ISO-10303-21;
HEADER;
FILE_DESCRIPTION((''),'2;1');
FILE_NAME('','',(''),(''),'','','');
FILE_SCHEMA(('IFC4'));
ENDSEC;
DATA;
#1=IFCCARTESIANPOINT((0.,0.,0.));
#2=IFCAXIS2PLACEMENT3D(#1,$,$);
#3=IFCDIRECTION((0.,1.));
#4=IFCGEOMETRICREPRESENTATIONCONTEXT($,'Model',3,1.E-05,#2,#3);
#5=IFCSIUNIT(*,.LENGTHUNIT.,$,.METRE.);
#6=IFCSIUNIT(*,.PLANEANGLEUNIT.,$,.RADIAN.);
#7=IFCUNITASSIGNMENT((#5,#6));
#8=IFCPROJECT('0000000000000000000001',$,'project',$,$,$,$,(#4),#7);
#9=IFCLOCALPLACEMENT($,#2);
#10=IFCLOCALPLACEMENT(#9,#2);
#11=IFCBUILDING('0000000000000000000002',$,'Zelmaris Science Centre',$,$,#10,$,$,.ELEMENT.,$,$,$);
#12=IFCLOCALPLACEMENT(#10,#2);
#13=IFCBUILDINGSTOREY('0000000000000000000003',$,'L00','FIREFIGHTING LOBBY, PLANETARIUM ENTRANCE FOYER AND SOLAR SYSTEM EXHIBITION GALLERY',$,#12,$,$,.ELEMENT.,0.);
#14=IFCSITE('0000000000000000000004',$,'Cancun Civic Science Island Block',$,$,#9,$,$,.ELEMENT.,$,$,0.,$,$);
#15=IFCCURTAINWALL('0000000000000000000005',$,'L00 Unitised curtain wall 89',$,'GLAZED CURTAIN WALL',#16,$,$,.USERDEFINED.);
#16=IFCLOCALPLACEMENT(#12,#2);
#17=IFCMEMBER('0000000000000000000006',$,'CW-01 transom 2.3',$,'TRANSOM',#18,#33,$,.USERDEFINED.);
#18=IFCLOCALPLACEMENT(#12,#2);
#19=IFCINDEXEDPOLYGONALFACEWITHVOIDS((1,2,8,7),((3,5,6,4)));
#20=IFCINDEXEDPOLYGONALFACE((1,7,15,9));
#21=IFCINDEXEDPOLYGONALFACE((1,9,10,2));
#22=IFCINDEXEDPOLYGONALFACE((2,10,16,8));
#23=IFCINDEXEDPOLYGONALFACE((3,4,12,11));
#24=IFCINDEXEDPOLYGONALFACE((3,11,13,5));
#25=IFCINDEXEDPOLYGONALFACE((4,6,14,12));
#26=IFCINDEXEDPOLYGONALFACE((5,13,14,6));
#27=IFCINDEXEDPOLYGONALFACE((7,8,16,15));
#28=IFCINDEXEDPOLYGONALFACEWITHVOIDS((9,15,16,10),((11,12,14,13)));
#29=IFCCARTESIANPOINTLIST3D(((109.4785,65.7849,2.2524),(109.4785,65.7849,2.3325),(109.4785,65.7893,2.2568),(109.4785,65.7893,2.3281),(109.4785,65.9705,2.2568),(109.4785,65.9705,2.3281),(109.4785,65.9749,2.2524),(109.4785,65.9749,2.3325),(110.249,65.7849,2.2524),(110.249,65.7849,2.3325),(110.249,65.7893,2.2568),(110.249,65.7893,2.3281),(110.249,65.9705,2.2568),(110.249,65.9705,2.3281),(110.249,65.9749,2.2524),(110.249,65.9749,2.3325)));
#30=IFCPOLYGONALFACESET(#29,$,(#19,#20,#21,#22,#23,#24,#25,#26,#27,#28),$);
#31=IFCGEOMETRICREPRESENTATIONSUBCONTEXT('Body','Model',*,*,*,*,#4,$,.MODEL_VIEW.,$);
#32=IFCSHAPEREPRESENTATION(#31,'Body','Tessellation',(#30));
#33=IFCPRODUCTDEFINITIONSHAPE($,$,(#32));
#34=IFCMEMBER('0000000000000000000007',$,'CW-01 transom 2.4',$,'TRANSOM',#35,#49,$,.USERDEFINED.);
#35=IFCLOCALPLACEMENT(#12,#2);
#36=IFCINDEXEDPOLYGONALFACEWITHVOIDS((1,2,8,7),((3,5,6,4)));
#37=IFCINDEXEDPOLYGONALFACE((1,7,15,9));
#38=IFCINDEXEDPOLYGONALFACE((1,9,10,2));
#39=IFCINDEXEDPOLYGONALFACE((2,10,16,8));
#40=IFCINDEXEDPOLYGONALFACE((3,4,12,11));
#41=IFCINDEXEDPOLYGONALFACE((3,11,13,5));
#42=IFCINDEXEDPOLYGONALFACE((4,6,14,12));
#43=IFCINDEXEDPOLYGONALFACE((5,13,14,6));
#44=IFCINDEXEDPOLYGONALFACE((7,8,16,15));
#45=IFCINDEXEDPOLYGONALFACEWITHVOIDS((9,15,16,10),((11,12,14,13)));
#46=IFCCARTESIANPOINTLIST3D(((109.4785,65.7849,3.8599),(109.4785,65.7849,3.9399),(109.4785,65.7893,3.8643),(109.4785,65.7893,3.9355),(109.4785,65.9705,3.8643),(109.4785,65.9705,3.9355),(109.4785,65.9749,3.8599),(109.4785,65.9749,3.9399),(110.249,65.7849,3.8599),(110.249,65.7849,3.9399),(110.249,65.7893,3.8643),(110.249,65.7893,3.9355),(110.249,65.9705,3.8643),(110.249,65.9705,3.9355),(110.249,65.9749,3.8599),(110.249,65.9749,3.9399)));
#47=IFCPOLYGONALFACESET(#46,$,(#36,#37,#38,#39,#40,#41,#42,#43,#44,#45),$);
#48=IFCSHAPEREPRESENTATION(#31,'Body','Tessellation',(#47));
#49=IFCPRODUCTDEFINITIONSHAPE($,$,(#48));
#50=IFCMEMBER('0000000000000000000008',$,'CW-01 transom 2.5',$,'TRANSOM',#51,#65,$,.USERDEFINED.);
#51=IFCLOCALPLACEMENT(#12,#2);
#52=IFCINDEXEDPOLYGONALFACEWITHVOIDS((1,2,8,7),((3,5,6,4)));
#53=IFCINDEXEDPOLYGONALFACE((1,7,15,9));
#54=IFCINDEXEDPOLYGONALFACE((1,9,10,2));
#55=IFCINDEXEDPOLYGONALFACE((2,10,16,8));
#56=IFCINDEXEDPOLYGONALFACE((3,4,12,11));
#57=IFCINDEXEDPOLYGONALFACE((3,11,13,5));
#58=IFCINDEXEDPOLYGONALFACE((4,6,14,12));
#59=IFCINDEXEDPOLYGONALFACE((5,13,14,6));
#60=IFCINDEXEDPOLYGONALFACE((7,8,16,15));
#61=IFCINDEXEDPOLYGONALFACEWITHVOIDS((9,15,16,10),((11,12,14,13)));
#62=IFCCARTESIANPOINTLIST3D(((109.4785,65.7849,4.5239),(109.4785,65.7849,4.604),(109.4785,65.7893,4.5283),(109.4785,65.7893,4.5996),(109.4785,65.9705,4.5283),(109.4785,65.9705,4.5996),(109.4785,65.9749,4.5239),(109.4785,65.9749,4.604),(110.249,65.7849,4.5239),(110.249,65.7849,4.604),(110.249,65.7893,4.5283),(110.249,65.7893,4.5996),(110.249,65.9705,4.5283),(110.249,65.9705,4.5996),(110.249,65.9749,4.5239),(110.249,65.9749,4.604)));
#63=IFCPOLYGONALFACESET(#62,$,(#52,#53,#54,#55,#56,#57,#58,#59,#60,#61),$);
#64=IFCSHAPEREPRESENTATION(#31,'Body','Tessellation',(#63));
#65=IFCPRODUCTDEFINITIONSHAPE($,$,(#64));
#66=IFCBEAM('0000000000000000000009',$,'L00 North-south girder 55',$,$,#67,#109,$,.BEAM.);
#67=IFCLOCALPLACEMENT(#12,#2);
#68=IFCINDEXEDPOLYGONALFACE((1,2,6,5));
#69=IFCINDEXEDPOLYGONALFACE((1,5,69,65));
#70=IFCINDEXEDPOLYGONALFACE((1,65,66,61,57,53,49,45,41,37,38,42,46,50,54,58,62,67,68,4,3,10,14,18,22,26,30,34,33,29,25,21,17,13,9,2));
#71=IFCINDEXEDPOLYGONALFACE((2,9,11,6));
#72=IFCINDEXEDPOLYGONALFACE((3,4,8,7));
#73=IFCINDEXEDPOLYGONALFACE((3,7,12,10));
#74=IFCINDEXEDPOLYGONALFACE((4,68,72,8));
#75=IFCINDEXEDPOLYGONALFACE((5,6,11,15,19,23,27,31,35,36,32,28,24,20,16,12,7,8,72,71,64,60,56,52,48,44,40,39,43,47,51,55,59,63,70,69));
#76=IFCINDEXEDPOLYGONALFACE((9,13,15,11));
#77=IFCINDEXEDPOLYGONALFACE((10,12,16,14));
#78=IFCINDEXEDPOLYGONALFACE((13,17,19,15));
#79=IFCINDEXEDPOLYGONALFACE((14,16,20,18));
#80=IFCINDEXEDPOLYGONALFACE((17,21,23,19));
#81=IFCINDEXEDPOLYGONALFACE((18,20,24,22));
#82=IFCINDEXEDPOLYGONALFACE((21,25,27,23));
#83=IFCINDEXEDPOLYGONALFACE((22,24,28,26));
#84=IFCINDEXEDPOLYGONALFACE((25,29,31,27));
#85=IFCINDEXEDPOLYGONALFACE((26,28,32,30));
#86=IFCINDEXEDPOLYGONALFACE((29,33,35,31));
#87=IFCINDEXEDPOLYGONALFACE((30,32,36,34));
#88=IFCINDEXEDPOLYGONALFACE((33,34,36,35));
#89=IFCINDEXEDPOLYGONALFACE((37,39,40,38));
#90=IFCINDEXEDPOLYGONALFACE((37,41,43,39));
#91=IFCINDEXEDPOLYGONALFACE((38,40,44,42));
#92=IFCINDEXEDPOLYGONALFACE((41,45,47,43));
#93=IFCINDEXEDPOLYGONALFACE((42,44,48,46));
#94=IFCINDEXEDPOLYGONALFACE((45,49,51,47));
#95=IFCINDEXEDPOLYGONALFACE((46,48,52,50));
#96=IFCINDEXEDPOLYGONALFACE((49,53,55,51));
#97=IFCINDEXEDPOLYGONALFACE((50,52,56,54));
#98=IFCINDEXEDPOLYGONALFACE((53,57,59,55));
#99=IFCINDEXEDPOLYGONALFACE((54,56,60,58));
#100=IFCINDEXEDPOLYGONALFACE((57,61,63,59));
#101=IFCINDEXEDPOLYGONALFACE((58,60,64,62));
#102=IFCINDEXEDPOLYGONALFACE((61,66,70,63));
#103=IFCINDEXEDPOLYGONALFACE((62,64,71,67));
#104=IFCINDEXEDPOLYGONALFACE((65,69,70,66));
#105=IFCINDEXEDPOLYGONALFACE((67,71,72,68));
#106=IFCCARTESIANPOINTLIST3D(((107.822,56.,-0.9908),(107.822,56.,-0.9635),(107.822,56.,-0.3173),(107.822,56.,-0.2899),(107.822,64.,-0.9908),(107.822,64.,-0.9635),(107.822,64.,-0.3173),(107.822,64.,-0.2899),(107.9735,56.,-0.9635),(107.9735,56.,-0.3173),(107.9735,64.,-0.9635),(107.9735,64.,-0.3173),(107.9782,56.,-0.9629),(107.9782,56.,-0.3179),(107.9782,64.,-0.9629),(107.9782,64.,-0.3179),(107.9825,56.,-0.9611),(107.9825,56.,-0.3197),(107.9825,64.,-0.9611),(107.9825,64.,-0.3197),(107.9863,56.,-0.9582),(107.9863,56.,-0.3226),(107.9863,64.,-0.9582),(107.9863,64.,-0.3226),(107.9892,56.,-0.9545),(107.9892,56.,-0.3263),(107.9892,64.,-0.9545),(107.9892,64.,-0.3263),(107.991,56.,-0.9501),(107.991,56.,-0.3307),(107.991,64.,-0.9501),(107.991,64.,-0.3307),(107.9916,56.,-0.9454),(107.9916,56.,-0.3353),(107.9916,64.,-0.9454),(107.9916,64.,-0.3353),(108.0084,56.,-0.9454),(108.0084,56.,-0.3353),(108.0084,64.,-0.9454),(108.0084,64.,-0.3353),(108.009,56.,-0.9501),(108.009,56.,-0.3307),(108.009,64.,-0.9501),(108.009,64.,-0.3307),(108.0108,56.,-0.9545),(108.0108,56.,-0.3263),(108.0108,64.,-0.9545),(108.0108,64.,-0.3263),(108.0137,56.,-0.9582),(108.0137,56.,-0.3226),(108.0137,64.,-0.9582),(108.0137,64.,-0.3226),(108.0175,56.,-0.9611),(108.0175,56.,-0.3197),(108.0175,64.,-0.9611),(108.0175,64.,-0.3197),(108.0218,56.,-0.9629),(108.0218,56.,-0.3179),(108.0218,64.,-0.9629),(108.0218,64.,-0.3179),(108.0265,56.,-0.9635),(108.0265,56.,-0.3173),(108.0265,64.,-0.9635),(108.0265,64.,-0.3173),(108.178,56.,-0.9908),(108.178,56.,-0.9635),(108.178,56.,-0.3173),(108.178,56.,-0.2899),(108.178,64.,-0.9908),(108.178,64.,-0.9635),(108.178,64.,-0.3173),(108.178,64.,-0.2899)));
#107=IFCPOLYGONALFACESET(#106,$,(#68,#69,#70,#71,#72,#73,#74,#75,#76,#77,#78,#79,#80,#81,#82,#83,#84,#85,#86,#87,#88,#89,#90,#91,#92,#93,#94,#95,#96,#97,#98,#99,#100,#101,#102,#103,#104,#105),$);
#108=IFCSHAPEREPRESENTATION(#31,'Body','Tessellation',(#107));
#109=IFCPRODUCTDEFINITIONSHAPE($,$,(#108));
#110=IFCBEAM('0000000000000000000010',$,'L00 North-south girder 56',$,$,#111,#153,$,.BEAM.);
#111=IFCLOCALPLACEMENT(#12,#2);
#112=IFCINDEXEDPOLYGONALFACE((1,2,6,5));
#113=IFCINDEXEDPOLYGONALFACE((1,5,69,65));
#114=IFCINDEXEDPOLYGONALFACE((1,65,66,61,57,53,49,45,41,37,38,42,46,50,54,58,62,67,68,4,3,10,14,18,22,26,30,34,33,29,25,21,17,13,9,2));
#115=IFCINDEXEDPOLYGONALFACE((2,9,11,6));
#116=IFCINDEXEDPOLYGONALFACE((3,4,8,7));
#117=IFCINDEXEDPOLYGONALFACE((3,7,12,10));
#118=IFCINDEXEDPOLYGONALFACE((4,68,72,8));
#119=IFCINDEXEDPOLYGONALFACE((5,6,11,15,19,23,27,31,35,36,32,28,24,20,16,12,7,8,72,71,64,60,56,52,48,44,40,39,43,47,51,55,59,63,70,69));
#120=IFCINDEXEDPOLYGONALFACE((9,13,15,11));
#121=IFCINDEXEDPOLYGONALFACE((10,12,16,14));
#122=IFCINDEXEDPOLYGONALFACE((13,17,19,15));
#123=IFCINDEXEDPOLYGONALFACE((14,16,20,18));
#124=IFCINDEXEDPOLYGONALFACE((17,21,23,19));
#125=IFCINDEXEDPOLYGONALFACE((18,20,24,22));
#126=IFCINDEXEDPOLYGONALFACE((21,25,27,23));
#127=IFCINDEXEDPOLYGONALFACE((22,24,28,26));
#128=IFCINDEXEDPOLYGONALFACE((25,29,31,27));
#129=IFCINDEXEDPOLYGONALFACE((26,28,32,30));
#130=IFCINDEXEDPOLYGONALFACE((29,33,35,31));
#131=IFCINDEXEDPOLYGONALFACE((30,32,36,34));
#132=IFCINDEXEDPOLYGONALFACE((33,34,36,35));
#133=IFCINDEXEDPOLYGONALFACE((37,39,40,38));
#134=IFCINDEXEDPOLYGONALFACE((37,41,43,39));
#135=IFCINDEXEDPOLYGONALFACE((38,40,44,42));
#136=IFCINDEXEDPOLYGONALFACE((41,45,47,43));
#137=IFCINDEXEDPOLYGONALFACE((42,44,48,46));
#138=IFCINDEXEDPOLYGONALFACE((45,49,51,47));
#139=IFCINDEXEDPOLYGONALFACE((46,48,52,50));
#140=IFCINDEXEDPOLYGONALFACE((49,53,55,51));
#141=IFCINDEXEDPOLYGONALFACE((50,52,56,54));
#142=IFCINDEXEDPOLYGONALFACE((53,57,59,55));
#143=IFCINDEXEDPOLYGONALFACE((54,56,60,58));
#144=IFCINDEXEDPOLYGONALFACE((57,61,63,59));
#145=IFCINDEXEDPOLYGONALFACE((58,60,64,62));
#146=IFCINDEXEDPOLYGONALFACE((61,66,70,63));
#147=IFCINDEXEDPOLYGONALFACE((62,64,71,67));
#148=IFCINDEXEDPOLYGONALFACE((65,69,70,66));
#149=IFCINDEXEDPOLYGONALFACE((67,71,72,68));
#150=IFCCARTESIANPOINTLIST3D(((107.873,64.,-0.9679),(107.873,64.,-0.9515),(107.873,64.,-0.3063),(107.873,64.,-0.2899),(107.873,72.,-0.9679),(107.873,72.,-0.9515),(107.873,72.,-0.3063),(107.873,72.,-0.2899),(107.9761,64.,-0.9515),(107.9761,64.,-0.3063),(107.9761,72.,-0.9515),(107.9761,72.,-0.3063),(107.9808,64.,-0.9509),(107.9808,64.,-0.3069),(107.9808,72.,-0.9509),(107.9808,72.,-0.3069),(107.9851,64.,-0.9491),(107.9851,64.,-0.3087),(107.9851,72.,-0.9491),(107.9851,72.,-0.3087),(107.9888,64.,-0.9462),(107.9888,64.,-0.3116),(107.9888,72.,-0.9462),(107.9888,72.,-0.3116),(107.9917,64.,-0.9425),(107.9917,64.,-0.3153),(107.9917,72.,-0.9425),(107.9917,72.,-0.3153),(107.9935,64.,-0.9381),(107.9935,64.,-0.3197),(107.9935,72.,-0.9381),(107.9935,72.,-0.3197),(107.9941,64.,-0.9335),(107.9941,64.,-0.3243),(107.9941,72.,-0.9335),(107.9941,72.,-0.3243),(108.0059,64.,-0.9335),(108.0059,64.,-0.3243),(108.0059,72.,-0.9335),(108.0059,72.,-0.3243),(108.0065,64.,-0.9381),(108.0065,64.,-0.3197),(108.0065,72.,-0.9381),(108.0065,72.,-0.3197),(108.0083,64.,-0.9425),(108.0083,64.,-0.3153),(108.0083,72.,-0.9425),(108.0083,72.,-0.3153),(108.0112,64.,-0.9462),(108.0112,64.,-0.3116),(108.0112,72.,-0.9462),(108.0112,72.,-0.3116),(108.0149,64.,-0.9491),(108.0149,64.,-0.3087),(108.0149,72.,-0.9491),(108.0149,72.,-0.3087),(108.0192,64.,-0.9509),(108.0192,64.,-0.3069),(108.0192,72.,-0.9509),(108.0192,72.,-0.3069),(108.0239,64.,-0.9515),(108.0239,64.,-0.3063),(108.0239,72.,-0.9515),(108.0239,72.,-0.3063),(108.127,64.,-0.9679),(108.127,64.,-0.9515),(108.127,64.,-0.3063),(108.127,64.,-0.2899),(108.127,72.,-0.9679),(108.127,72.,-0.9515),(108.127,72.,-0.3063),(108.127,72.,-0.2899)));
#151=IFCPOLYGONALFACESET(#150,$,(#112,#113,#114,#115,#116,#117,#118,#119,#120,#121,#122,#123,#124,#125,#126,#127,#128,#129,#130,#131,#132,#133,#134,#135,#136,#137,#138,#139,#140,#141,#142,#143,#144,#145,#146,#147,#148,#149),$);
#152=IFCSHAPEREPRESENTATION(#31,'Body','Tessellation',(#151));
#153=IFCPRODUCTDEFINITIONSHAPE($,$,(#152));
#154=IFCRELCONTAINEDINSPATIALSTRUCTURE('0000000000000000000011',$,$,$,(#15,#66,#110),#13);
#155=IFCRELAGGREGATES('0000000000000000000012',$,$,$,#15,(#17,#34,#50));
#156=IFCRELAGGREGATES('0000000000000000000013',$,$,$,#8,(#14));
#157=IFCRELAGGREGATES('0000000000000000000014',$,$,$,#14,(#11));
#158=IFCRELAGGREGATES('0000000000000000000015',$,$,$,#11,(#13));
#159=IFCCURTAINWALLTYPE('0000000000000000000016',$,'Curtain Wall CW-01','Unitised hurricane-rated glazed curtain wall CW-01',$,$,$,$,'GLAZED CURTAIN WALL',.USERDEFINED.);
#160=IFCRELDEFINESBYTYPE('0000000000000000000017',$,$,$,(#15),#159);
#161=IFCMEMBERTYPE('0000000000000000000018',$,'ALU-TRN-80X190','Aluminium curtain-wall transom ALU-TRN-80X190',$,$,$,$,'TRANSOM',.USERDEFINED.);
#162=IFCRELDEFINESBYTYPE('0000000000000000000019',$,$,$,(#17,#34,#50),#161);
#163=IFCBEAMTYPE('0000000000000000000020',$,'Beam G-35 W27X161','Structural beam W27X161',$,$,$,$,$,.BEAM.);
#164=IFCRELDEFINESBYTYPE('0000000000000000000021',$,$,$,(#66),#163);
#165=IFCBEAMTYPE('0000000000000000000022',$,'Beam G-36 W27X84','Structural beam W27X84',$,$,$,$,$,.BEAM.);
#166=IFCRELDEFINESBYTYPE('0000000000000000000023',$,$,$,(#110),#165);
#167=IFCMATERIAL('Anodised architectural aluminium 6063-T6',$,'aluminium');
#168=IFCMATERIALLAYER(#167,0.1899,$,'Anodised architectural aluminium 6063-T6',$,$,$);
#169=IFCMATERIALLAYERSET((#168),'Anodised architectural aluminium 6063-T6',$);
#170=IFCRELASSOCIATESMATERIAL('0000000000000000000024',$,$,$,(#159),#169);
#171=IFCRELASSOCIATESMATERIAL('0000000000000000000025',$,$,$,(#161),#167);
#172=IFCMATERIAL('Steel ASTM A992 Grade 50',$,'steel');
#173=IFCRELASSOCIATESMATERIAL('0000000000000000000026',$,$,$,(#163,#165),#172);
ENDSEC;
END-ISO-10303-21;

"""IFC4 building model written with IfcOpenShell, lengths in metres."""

from ifc_helpers import new_model, si_unit, direction, frame, origin, origin_2d, place, context, subcontext, project, spatial, hollow_rectangle, i_section, extrude, material, layer, layer_set, material_profile, profile_set, type_object, element, aggregate, save


model = new_model("IFC4")

# Units and contexts
model_context = context("Model", 3, precision=1e-05, world=origin(), true_north=direction((0.0, 1.0)))
body_context = subcontext(model_context, "Body", "Model", "MODEL_VIEW")
ifc_project = project(units=[si_unit("LENGTHUNIT", "METRE"), si_unit("PLANEANGLEUNIT", "RADIAN")], contexts=[model_context])

# Site, building, storey
site_placement = place(None, origin())
site = spatial("IfcSite", under=ifc_project, at=site_placement, Name="Cancun Civic Science Island Block", CompositionType="ELEMENT", RefElevation=0.0)
building_placement = place(site_placement, origin())
building = spatial("IfcBuilding", under=site, at=building_placement, Name="Zelmaris Science Centre", CompositionType="ELEMENT")
storey_placement = place(building_placement, origin())
storey = spatial("IfcBuildingStorey", under=building, at=storey_placement, Name="L00", Description="FIREFIGHTING LOBBY, PLANETARIUM ENTRANCE FOYER AND SOLAR SYSTEM EXHIBITION GALLERY", CompositionType="ELEMENT", Elevation=0.0)

# Shared definitions
ifc_material_1 = material(Name="Steel ASTM A992 Grade 50", Category="steel")

# Curtain wall
ifc_material_2 = material(Name="Anodised architectural aluminium 6063-T6", Category="aluminium")
ifc_layer_1 = layer(ifc_material_2, 0.1899, Name="Anodised architectural aluminium 6063-T6")
ifc_layer_set_1 = layer_set([ifc_layer_1], Name="Anodised architectural aluminium 6063-T6")
curtain_wall_type_1 = type_object("IfcCurtainWallType", Name="Curtain Wall CW-01", Description="Unitised hurricane-rated glazed curtain wall CW-01", ElementType="GLAZED CURTAIN WALL", PredefinedType="USERDEFINED", material=ifc_layer_set_1)
curtain_wall_1_placement = place(storey_placement, origin())
curtain_wall_1 = element("IfcCurtainWall", 1, at=curtain_wall_1_placement, inside=storey, type_object=curtain_wall_type_1, Name="L00 Unitised curtain wall 89", ObjectType="GLAZED CURTAIN WALL", PredefinedType="USERDEFINED")

# Members
ifc_material_profile_1 = material_profile(ifc_material_2, hollow_rectangle(XDim=0.0801, YDim=0.1899, WallThickness=0.0044, at=origin_2d()), Name="ALU-TRN-80X190")
ifc_profile_set_1 = profile_set([ifc_material_profile_1], Name="Anodised architectural aluminium 6063-T6")
member_type_1 = type_object("IfcMemberType", Name="ALU-TRN-80X190", Description="Aluminium curtain-wall transom ALU-TRN-80X190", ElementType="TRANSOM", PredefinedType="USERDEFINED", material=ifc_profile_set_1)
member_1_placement = place(storey_placement, frame((109.4785, 65.8799, 2.2925), z_axis=(1.0, 0.0, 0.0), x_axis=(0.0, 0.0, 1.0)))
member_1 = element("IfcMember", 2, at=member_1_placement, type_object=member_type_1, Name="CW-01 transom 2.3", ObjectType="TRANSOM", PredefinedType="USERDEFINED", context=body_context, shape_type="SweptSolid", body=[
    extrude(hollow_rectangle(XDim=0.0801, YDim=0.1899, WallThickness=0.0044, at=origin_2d()), origin(), (0.0, 0.0, 1.0), 0.7705),
])
member_2_placement = place(storey_placement, frame((109.4785, 65.8799, 3.8999), z_axis=(1.0, 0.0, 0.0), x_axis=(0.0, 0.0, 1.0)))
member_2 = element("IfcMember", 3, at=member_2_placement, type_object=member_type_1, Name="CW-01 transom 2.4", ObjectType="TRANSOM", PredefinedType="USERDEFINED", context=body_context, shape_type="SweptSolid", body=[
    extrude(hollow_rectangle(XDim=0.0801, YDim=0.1899, WallThickness=0.0044, at=origin_2d()), origin(), (0.0, 0.0, 1.0), 0.7705),
])
member_3_placement = place(storey_placement, frame((109.4785, 65.8799, 4.564), z_axis=(1.0, 0.0, 0.0), x_axis=(0.0, 0.0, 1.0)))
member_3 = element("IfcMember", 4, at=member_3_placement, type_object=member_type_1, Name="CW-01 transom 2.5", ObjectType="TRANSOM", PredefinedType="USERDEFINED", context=body_context, shape_type="SweptSolid", body=[
    extrude(hollow_rectangle(XDim=0.0801, YDim=0.1899, WallThickness=0.0044, at=origin_2d()), origin(), (0.0, 0.0, 1.0), 0.7705),
])

# Beams
ifc_material_profile_2 = material_profile(ifc_material_1, i_section(OverallWidth=0.356, OverallDepth=0.7009, WebThickness=0.0168, FlangeThickness=0.0273, FilletRadius=0.0181, at=origin_2d()), Name="W27X161")
ifc_profile_set_2 = profile_set([ifc_material_profile_2], Name="Steel ASTM A992 Grade 50")
beam_type_1 = type_object("IfcBeamType", Name="Beam G-35 W27X161", Description="Structural beam W27X161", PredefinedType="BEAM", material=ifc_profile_set_2)
beam_1_placement = place(storey_placement, frame((108.0, 56.0, -0.6404), z_axis=(0.0, 1.0, 0.0), x_axis=(-1.0, 0.0, 0.0)))
element("IfcBeam", 5, at=beam_1_placement, inside=storey, type_object=beam_type_1, Name="L00 North-south girder 55", PredefinedType="BEAM", context=body_context, shape_type="SweptSolid", body=[
    extrude(i_section(OverallWidth=0.356, OverallDepth=0.7009, WebThickness=0.0168, FlangeThickness=0.0273, FilletRadius=0.0181, at=origin_2d()), origin(), (0.0, 0.0, 1.0), 8.0),
])
ifc_material_profile_3 = material_profile(ifc_material_1, i_section(OverallWidth=0.2539, OverallDepth=0.678, WebThickness=0.0117, FlangeThickness=0.0164, FilletRadius=0.0181, at=origin_2d()), Name="W27X84")
ifc_profile_set_3 = profile_set([ifc_material_profile_3], Name="Steel ASTM A992 Grade 50")
beam_type_2 = type_object("IfcBeamType", Name="Beam G-36 W27X84", Description="Structural beam W27X84", PredefinedType="BEAM", material=ifc_profile_set_3)
beam_2_placement = place(storey_placement, frame((108.0, 64.0, -0.6289), z_axis=(0.0, 1.0, 0.0), x_axis=(-1.0, 0.0, 0.0)))
element("IfcBeam", 6, at=beam_2_placement, inside=storey, type_object=beam_type_2, Name="L00 North-south girder 56", PredefinedType="BEAM", context=body_context, shape_type="SweptSolid", body=[
    extrude(i_section(OverallWidth=0.2539, OverallDepth=0.678, WebThickness=0.0117, FlangeThickness=0.0164, FilletRadius=0.0181, at=origin_2d()), origin(), (0.0, 0.0, 1.0), 8.0),
])

aggregate(curtain_wall_1, [member_1, member_2, member_3])

save(model, "model.ifc")
